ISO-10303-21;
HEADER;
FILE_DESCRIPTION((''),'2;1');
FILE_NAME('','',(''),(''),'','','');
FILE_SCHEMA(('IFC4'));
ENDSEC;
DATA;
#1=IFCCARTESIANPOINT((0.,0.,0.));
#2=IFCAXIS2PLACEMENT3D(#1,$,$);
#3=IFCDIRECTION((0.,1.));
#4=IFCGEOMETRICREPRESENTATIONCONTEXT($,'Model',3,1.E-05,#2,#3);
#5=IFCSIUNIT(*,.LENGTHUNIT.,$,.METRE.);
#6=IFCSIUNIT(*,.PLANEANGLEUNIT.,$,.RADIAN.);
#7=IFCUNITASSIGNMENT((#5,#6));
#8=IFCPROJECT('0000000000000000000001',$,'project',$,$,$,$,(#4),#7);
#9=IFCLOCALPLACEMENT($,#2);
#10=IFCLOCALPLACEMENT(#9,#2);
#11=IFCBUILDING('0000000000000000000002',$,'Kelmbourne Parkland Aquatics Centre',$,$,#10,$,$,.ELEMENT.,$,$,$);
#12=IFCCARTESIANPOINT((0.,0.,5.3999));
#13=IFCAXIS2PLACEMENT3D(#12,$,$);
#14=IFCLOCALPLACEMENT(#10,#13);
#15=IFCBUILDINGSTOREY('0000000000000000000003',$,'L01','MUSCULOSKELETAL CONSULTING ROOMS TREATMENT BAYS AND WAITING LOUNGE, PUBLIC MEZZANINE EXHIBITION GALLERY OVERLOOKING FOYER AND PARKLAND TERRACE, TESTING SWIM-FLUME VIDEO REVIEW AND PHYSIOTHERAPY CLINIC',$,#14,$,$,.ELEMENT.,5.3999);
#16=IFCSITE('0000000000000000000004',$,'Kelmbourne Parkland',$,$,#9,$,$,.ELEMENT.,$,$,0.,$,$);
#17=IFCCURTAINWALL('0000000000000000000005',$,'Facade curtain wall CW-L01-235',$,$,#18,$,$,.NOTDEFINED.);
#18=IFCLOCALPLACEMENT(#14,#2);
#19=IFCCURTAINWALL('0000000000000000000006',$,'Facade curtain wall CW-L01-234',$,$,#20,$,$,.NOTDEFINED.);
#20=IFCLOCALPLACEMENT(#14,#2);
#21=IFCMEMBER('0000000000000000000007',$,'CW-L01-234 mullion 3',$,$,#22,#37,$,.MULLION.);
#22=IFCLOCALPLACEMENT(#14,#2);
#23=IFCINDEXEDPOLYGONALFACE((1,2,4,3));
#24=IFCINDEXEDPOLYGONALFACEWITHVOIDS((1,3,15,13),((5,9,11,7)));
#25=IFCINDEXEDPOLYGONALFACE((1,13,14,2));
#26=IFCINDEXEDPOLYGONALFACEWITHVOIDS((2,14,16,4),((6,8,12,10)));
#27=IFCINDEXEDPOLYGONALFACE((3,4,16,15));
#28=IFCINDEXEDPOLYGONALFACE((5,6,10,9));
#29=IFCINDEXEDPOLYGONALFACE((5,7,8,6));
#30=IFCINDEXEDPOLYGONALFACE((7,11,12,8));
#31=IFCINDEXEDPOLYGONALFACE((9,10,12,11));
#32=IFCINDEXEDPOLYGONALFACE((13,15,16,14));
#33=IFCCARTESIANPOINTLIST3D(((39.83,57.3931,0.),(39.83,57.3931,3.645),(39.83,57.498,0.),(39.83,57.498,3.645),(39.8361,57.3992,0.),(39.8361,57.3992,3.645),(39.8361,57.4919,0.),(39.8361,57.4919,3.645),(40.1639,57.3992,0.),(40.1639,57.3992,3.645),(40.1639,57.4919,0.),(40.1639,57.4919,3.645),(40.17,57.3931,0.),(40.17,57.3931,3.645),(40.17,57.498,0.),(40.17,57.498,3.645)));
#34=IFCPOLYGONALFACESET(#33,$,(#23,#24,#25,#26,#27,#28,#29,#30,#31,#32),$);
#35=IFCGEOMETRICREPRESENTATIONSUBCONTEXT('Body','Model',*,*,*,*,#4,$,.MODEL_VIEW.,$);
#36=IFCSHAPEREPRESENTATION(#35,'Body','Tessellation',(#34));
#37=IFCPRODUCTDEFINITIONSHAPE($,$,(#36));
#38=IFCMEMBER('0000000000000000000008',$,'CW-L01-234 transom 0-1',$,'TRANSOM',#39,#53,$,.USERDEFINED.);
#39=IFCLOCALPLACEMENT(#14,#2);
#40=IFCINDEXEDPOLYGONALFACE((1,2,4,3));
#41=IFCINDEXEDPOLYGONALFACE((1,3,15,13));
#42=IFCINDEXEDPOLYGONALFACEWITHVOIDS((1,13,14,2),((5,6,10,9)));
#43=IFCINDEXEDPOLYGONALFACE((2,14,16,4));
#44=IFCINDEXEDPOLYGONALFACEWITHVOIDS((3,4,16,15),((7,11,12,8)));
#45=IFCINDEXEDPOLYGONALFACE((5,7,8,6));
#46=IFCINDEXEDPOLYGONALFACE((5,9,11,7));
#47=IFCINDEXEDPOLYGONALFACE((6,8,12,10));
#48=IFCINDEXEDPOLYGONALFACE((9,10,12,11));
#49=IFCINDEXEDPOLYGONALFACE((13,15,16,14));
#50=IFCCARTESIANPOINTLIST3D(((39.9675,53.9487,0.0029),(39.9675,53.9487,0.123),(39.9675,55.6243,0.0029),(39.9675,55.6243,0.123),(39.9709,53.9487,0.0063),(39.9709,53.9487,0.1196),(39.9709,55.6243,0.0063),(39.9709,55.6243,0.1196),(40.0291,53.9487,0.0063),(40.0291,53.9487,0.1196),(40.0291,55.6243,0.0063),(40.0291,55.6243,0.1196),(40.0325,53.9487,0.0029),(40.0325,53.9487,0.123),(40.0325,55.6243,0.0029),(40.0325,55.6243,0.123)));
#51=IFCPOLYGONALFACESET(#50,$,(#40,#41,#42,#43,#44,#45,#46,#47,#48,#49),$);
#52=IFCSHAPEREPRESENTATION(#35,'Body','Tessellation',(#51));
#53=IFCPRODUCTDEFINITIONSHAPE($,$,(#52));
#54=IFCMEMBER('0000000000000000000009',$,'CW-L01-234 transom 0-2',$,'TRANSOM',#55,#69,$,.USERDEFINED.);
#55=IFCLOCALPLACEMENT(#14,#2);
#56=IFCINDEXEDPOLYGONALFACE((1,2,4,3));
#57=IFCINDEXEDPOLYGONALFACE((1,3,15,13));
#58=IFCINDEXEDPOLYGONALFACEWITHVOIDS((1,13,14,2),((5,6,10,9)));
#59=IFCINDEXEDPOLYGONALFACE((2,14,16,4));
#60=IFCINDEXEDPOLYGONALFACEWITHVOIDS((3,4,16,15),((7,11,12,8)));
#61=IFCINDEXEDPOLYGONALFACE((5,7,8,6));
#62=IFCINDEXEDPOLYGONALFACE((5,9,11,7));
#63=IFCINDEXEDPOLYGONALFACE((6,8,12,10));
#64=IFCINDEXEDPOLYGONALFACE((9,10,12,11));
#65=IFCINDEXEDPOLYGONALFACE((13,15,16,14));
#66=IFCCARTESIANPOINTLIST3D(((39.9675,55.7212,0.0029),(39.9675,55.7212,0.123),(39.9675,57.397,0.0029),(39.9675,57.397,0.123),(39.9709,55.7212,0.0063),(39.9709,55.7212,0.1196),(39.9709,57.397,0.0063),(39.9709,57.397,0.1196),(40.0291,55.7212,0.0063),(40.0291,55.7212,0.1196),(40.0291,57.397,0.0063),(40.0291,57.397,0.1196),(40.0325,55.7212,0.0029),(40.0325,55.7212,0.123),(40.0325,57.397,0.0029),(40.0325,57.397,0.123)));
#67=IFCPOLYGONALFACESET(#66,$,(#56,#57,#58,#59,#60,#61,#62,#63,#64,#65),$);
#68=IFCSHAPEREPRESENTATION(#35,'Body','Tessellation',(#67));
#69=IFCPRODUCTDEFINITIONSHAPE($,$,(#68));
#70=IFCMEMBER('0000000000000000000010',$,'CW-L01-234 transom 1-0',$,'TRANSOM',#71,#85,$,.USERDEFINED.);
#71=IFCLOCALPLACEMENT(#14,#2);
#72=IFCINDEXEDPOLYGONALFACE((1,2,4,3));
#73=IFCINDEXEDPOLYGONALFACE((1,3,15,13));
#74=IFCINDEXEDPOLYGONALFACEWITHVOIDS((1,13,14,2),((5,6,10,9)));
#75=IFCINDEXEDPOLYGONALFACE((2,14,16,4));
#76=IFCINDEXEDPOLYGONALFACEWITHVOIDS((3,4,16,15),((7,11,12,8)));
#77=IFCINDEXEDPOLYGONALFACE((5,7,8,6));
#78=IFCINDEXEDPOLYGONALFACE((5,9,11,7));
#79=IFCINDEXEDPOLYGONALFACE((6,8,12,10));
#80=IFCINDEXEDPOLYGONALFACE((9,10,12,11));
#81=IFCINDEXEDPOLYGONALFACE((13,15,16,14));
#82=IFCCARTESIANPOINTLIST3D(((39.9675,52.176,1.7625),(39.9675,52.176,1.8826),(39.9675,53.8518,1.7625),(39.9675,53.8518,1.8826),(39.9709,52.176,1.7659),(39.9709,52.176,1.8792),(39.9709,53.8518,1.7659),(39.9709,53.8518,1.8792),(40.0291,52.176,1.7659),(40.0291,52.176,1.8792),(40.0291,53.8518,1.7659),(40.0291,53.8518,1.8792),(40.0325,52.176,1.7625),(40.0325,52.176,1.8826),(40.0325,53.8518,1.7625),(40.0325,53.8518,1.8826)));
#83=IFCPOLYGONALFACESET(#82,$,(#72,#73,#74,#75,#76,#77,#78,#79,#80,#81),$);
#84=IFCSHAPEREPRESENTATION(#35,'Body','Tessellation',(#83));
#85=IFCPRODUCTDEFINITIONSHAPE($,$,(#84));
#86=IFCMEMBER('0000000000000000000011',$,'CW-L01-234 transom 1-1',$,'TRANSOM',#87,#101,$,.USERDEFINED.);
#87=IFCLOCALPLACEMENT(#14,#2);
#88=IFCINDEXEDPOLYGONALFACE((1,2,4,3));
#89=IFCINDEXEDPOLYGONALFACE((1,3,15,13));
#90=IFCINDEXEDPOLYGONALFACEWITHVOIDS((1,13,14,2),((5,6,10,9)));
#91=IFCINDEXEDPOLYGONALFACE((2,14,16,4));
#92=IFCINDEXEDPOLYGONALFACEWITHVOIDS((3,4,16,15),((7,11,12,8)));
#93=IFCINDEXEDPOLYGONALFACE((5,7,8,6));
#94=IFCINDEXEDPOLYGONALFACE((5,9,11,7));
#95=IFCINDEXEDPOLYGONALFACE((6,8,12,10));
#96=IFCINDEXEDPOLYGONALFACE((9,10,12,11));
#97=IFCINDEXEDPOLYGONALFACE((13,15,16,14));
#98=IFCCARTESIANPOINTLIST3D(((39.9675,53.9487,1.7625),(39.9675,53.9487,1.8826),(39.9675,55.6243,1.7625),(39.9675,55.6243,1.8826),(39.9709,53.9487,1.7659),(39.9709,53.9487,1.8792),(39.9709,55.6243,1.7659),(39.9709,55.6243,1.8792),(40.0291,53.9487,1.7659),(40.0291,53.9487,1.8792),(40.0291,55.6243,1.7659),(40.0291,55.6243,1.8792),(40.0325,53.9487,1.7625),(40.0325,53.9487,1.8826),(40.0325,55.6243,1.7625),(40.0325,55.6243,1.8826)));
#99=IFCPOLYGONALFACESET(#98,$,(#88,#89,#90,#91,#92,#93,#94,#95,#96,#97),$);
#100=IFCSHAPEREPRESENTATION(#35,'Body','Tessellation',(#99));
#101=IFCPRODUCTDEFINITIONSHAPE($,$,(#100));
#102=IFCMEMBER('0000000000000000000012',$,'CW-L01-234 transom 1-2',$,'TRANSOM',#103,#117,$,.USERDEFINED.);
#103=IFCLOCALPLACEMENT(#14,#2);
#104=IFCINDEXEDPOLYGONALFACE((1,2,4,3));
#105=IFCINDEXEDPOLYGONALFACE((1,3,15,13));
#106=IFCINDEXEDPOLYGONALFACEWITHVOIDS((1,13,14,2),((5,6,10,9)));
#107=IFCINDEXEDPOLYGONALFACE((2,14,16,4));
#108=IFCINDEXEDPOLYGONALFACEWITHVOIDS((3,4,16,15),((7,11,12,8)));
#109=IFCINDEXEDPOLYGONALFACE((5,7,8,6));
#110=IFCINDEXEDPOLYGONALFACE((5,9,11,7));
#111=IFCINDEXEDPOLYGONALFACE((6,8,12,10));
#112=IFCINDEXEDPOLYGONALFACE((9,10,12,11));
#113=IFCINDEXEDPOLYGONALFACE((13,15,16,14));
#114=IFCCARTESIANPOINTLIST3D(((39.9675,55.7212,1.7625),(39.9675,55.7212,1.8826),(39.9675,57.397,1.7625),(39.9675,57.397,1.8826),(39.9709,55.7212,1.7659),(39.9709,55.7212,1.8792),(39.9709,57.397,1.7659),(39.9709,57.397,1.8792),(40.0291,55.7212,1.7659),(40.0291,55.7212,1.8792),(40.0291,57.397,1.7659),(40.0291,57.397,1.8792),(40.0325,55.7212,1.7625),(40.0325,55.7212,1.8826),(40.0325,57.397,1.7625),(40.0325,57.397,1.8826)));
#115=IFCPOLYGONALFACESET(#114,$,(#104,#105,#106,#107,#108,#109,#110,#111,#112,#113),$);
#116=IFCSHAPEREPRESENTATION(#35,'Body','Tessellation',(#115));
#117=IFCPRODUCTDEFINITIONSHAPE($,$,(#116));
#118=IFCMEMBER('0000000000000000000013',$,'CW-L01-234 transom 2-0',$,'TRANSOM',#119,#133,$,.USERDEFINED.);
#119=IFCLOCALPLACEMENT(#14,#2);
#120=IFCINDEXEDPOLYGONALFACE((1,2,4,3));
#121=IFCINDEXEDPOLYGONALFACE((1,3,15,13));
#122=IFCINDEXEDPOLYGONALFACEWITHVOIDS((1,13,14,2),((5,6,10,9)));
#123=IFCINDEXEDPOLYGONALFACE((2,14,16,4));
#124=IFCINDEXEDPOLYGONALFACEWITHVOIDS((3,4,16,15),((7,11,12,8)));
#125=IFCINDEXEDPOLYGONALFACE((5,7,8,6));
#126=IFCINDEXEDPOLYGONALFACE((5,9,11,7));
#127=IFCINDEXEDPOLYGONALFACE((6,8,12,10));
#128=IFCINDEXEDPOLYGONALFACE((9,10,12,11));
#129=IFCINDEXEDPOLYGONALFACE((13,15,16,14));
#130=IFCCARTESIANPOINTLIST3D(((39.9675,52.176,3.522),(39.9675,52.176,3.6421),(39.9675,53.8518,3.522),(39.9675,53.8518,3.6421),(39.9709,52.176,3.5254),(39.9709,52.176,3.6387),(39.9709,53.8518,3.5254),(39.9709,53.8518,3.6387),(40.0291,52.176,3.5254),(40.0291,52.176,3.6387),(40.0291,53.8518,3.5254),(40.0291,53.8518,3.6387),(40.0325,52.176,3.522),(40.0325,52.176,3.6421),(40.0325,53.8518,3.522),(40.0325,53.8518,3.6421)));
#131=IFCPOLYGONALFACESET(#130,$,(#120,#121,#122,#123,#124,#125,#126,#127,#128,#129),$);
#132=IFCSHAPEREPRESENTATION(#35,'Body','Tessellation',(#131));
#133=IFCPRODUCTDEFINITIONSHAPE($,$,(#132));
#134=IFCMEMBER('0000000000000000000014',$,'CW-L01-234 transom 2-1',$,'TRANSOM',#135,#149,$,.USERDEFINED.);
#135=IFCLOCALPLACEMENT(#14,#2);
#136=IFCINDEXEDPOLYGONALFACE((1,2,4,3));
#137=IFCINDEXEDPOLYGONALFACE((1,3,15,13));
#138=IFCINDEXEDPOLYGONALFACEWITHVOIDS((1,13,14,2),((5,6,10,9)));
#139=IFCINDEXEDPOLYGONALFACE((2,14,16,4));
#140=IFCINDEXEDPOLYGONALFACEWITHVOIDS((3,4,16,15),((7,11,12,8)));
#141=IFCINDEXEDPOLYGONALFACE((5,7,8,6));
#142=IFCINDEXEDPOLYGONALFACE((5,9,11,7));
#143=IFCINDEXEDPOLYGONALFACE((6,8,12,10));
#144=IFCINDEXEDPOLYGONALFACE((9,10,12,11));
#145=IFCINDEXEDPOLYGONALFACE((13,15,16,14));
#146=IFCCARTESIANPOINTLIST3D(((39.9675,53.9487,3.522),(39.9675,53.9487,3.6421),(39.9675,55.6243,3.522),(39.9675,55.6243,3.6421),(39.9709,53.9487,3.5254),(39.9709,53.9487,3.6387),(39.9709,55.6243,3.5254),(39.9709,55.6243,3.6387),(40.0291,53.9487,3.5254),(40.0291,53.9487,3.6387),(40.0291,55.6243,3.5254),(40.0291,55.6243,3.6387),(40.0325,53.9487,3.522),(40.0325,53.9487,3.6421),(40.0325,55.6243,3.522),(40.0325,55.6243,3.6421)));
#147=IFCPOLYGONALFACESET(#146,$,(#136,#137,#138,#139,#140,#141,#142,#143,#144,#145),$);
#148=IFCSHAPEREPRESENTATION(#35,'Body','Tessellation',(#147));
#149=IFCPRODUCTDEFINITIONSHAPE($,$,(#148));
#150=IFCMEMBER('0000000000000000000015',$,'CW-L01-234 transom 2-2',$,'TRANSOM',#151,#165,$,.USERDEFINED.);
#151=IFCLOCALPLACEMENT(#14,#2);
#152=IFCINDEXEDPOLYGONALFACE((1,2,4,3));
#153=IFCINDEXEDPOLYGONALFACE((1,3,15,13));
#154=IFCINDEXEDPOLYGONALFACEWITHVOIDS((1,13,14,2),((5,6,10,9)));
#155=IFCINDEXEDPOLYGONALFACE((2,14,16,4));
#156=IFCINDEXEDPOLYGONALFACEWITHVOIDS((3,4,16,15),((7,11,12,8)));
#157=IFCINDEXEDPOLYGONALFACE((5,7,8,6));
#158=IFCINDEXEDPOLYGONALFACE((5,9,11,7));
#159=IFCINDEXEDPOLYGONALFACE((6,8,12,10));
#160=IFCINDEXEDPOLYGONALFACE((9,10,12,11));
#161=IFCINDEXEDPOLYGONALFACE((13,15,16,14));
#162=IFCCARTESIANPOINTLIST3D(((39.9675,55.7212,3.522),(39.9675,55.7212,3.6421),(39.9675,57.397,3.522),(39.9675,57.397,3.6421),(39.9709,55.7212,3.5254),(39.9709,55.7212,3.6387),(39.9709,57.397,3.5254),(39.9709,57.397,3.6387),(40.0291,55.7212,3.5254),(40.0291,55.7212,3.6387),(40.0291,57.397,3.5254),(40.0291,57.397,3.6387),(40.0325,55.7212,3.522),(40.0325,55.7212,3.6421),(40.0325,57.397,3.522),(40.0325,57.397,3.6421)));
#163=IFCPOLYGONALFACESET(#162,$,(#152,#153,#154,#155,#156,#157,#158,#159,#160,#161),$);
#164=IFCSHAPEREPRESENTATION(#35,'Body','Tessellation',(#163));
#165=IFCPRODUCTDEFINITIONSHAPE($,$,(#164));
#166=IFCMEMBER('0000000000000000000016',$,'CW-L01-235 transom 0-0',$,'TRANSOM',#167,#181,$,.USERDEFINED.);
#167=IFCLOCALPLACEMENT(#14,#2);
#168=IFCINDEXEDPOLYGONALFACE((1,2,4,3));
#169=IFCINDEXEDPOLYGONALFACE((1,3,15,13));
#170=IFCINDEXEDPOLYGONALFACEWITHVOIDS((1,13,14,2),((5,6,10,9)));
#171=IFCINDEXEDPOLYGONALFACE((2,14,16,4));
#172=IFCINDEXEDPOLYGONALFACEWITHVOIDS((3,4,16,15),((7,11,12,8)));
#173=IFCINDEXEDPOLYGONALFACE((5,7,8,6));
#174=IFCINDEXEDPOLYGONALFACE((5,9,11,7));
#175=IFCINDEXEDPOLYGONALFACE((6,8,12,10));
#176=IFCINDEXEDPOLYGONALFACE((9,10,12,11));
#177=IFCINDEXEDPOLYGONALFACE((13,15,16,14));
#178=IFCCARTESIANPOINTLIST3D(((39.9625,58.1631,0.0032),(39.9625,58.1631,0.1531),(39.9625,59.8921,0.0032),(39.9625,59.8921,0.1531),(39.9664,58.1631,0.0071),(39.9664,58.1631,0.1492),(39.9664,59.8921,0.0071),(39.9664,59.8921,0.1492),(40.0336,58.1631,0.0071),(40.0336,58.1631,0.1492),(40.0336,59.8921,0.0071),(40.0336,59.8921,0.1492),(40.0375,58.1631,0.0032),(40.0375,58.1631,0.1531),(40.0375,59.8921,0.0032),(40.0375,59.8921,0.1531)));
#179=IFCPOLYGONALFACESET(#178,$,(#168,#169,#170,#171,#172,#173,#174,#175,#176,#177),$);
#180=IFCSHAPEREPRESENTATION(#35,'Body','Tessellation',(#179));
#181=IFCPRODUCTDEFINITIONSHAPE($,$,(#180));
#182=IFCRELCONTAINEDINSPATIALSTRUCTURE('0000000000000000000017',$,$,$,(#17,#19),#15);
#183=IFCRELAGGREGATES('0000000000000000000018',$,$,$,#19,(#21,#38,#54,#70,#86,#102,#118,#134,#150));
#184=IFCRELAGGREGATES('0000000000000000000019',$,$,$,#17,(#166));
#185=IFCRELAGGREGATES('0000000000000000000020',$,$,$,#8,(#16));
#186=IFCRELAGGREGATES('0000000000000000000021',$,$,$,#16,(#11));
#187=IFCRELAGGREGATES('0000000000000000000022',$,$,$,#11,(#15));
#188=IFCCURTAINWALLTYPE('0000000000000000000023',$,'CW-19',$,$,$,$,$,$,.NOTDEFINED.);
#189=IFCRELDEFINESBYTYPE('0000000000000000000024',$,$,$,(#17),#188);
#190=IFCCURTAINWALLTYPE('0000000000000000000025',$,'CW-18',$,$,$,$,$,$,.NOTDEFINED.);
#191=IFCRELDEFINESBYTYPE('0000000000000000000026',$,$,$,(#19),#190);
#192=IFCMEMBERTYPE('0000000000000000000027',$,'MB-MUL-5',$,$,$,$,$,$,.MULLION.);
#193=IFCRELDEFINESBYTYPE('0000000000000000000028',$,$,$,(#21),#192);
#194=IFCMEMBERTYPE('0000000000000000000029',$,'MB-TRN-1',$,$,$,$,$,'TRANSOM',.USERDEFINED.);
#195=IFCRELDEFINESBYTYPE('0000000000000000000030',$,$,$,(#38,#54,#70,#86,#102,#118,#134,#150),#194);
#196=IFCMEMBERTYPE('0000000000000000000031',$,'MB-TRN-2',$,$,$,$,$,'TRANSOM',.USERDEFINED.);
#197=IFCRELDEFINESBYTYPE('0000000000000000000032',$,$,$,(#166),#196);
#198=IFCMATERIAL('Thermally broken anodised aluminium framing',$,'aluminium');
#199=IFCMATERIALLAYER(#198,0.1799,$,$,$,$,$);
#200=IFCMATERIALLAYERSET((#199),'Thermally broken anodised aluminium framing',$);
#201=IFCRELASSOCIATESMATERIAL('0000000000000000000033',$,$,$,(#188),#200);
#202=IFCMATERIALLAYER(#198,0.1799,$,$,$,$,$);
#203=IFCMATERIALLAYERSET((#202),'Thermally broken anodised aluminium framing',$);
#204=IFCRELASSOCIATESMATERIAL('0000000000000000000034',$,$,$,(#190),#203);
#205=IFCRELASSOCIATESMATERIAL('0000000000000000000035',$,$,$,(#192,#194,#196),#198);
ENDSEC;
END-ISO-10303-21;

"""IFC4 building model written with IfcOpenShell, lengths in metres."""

from ifc_helpers import new_model, si_unit, direction, frame, origin, origin_2d, place, context, subcontext, project, spatial, hollow_rectangle, extrude, material, layer, layer_set, material_profile, profile_set, type_object, element, aggregate, save


model = new_model("IFC4")

# Units and contexts
model_context = context("Model", 3, precision=1e-05, world=origin(), true_north=direction((0.0, 1.0)))
body_context = subcontext(model_context, "Body", "Model", "MODEL_VIEW")
ifc_project = project(units=[si_unit("LENGTHUNIT", "METRE"), si_unit("PLANEANGLEUNIT", "RADIAN")], contexts=[model_context])

# Site, building, storey
site_placement = place(None, origin())
site = spatial("IfcSite", under=ifc_project, at=site_placement, Name="Kelmbourne Parkland", CompositionType="ELEMENT", RefElevation=0.0)
building_placement = place(site_placement, origin())
building = spatial("IfcBuilding", under=site, at=building_placement, Name="Kelmbourne Parkland Aquatics Centre", CompositionType="ELEMENT")
storey_placement = place(building_placement, frame((0.0, 0.0, 5.3999)))
storey = spatial("IfcBuildingStorey", under=building, at=storey_placement, Name="L01", Description="MUSCULOSKELETAL CONSULTING ROOMS TREATMENT BAYS AND WAITING LOUNGE, PUBLIC MEZZANINE EXHIBITION GALLERY OVERLOOKING FOYER AND PARKLAND TERRACE, TESTING SWIM-FLUME VIDEO REVIEW AND PHYSIOTHERAPY CLINIC", CompositionType="ELEMENT", Elevation=5.3999)

# Curtain walls, members
ifc_material_1 = material(Name="Thermally broken anodised aluminium framing", Category="aluminium")
ifc_layer_1 = layer(ifc_material_1, 0.1799)
ifc_layer_set_1 = layer_set([ifc_layer_1], Name="Thermally broken anodised aluminium framing")
curtain_wall_type_1 = type_object("IfcCurtainWallType", Name="CW-19", PredefinedType="NOTDEFINED", material=ifc_layer_set_1)
curtain_wall_1_placement = place(storey_placement, origin())
curtain_wall_1 = element("IfcCurtainWall", 1, at=curtain_wall_1_placement, inside=storey, type_object=curtain_wall_type_1, Name="Facade curtain wall CW-L01-235", PredefinedType="NOTDEFINED")
ifc_layer_2 = layer(ifc_material_1, 0.1799)
ifc_layer_set_2 = layer_set([ifc_layer_2], Name="Thermally broken anodised aluminium framing")
curtain_wall_type_2 = type_object("IfcCurtainWallType", Name="CW-18", PredefinedType="NOTDEFINED", material=ifc_layer_set_2)
curtain_wall_2_placement = place(storey_placement, origin())
curtain_wall_2 = element("IfcCurtainWall", 2, at=curtain_wall_2_placement, inside=storey, type_object=curtain_wall_type_2, Name="Facade curtain wall CW-L01-234", PredefinedType="NOTDEFINED")
ifc_material_profile_1 = material_profile(ifc_material_1, hollow_rectangle(XDim=0.105, YDim=0.3401, WallThickness=0.0061, at=origin_2d()), Name="CW-M 105x340")
ifc_profile_set_1 = profile_set([ifc_material_profile_1], Name="Thermally broken anodised aluminium framing")
member_type_1 = type_object("IfcMemberType", Name="MB-MUL-5", PredefinedType="MULLION", material=ifc_profile_set_1)
member_1_placement = place(storey_placement, frame((40.0, 57.4456, 0.0), z_axis=(0.0, 0.0, 1.0), x_axis=(0.0, 1.0, 0.0)))
member_1 = element("IfcMember", 3, at=member_1_placement, type_object=member_type_1, Name="CW-L01-234 mullion 3", PredefinedType="MULLION", context=body_context, shape_type="SweptSolid", body=[
    extrude(hollow_rectangle(XDim=0.105, YDim=0.3401, WallThickness=0.0061, at=origin_2d()), origin(), (0.0, 0.0, 1.0), 3.645),
])
ifc_material_profile_2 = material_profile(ifc_material_1, hollow_rectangle(XDim=0.0649, YDim=0.1201, WallThickness=0.0034, at=origin_2d()), Name="CW-T 65x120")
ifc_profile_set_2 = profile_set([ifc_material_profile_2], Name="Thermally broken anodised aluminium framing")
member_type_2 = type_object("IfcMemberType", Name="MB-TRN-1", ElementType="TRANSOM", PredefinedType="USERDEFINED", material=ifc_profile_set_2)
member_2_placement = place(storey_placement, frame((40.0, 53.9487, 0.063), z_axis=(0.0, 1.0, 0.0), x_axis=(-1.0, 0.0, 0.0)))
member_2 = element("IfcMember", 4, at=member_2_placement, type_object=member_type_2, Name="CW-L01-234 transom 0-1", ObjectType="TRANSOM", PredefinedType="USERDEFINED", context=body_context, shape_type="SweptSolid", body=[
    extrude(hollow_rectangle(XDim=0.0649, YDim=0.1201, WallThickness=0.0034, at=origin_2d()), origin(), (0.0, 0.0, 1.0), 1.6755),
])
member_3_placement = place(storey_placement, frame((40.0, 55.7212, 0.063), z_axis=(0.0, 1.0, 0.0), x_axis=(-1.0, 0.0, 0.0)))
member_3 = element("IfcMember", 5, at=member_3_placement, type_object=member_type_2, Name="CW-L01-234 transom 0-2", ObjectType="TRANSOM", PredefinedType="USERDEFINED", context=body_context, shape_type="SweptSolid", body=[
    extrude(hollow_rectangle(XDim=0.0649, YDim=0.1201, WallThickness=0.0034, at=origin_2d()), origin(), (0.0, 0.0, 1.0), 1.6758),
])
member_4_placement = place(storey_placement, frame((40.0, 52.176, 1.8225), z_axis=(0.0, 1.0, 0.0), x_axis=(-1.0, 0.0, 0.0)))
member_4 = element("IfcMember", 6, at=member_4_placement, type_object=member_type_2, Name="CW-L01-234 transom 1-0", ObjectType="TRANSOM", PredefinedType="USERDEFINED", context=body_context, shape_type="SweptSolid", body=[
    extrude(hollow_rectangle(XDim=0.0649, YDim=0.1201, WallThickness=0.0034, at=origin_2d()), origin(), (0.0, 0.0, 1.0), 1.6758),
])
member_5_placement = place(storey_placement, frame((40.0, 53.9487, 1.8225), z_axis=(0.0, 1.0, 0.0), x_axis=(-1.0, 0.0, 0.0)))
member_5 = element("IfcMember", 7, at=member_5_placement, type_object=member_type_2, Name="CW-L01-234 transom 1-1", ObjectType="TRANSOM", PredefinedType="USERDEFINED", context=body_context, shape_type="SweptSolid", body=[
    extrude(hollow_rectangle(XDim=0.0649, YDim=0.1201, WallThickness=0.0034, at=origin_2d()), origin(), (0.0, 0.0, 1.0), 1.6755),
])
member_6_placement = place(storey_placement, frame((40.0, 55.7212, 1.8225), z_axis=(0.0, 1.0, 0.0), x_axis=(-1.0, 0.0, 0.0)))
member_6 = element("IfcMember", 8, at=member_6_placement, type_object=member_type_2, Name="CW-L01-234 transom 1-2", ObjectType="TRANSOM", PredefinedType="USERDEFINED", context=body_context, shape_type="SweptSolid", body=[
    extrude(hollow_rectangle(XDim=0.0649, YDim=0.1201, WallThickness=0.0034, at=origin_2d()), origin(), (0.0, 0.0, 1.0), 1.6758),
])
member_7_placement = place(storey_placement, frame((40.0, 52.176, 3.582), z_axis=(0.0, 1.0, 0.0), x_axis=(-1.0, 0.0, 0.0)))
member_7 = element("IfcMember", 9, at=member_7_placement, type_object=member_type_2, Name="CW-L01-234 transom 2-0", ObjectType="TRANSOM", PredefinedType="USERDEFINED", context=body_context, shape_type="SweptSolid", body=[
    extrude(hollow_rectangle(XDim=0.0649, YDim=0.1201, WallThickness=0.0034, at=origin_2d()), origin(), (0.0, 0.0, 1.0), 1.6758),
])
member_8_placement = place(storey_placement, frame((40.0, 53.9487, 3.582), z_axis=(0.0, 1.0, 0.0), x_axis=(-1.0, 0.0, 0.0)))
member_8 = element("IfcMember", 10, at=member_8_placement, type_object=member_type_2, Name="CW-L01-234 transom 2-1", ObjectType="TRANSOM", PredefinedType="USERDEFINED", context=body_context, shape_type="SweptSolid", body=[
    extrude(hollow_rectangle(XDim=0.0649, YDim=0.1201, WallThickness=0.0034, at=origin_2d()), origin(), (0.0, 0.0, 1.0), 1.6755),
])
member_9_placement = place(storey_placement, frame((40.0, 55.7212, 3.582), z_axis=(0.0, 1.0, 0.0), x_axis=(-1.0, 0.0, 0.0)))
member_9 = element("IfcMember", 11, at=member_9_placement, type_object=member_type_2, Name="CW-L01-234 transom 2-2", ObjectType="TRANSOM", PredefinedType="USERDEFINED", context=body_context, shape_type="SweptSolid", body=[
    extrude(hollow_rectangle(XDim=0.0649, YDim=0.1201, WallThickness=0.0034, at=origin_2d()), origin(), (0.0, 0.0, 1.0), 1.6758),
])

# Member
ifc_material_profile_3 = material_profile(ifc_material_1, hollow_rectangle(XDim=0.075, YDim=0.1499, WallThickness=0.0039, at=origin_2d()), Name="CW-T 75x150")
ifc_profile_set_3 = profile_set([ifc_material_profile_3], Name="Thermally broken anodised aluminium framing")
member_type_3 = type_object("IfcMemberType", Name="MB-TRN-2", ElementType="TRANSOM", PredefinedType="USERDEFINED", material=ifc_profile_set_3)
member_10_placement = place(storey_placement, frame((40.0, 58.1631, 0.0781), z_axis=(0.0, 1.0, 0.0), x_axis=(-1.0, 0.0, 0.0)))
member_10 = element("IfcMember", 12, at=member_10_placement, type_object=member_type_3, Name="CW-L01-235 transom 0-0", ObjectType="TRANSOM", PredefinedType="USERDEFINED", context=body_context, shape_type="SweptSolid", body=[
    extrude(hollow_rectangle(XDim=0.075, YDim=0.1499, WallThickness=0.0039, at=origin_2d()), origin(), (0.0, 0.0, 1.0), 1.729),
])

aggregate(curtain_wall_2, [member_1, member_2, member_3, member_4, member_5, member_6, member_7, member_8, member_9])
aggregate(curtain_wall_1, [member_10])

save(model, "model.ifc")
